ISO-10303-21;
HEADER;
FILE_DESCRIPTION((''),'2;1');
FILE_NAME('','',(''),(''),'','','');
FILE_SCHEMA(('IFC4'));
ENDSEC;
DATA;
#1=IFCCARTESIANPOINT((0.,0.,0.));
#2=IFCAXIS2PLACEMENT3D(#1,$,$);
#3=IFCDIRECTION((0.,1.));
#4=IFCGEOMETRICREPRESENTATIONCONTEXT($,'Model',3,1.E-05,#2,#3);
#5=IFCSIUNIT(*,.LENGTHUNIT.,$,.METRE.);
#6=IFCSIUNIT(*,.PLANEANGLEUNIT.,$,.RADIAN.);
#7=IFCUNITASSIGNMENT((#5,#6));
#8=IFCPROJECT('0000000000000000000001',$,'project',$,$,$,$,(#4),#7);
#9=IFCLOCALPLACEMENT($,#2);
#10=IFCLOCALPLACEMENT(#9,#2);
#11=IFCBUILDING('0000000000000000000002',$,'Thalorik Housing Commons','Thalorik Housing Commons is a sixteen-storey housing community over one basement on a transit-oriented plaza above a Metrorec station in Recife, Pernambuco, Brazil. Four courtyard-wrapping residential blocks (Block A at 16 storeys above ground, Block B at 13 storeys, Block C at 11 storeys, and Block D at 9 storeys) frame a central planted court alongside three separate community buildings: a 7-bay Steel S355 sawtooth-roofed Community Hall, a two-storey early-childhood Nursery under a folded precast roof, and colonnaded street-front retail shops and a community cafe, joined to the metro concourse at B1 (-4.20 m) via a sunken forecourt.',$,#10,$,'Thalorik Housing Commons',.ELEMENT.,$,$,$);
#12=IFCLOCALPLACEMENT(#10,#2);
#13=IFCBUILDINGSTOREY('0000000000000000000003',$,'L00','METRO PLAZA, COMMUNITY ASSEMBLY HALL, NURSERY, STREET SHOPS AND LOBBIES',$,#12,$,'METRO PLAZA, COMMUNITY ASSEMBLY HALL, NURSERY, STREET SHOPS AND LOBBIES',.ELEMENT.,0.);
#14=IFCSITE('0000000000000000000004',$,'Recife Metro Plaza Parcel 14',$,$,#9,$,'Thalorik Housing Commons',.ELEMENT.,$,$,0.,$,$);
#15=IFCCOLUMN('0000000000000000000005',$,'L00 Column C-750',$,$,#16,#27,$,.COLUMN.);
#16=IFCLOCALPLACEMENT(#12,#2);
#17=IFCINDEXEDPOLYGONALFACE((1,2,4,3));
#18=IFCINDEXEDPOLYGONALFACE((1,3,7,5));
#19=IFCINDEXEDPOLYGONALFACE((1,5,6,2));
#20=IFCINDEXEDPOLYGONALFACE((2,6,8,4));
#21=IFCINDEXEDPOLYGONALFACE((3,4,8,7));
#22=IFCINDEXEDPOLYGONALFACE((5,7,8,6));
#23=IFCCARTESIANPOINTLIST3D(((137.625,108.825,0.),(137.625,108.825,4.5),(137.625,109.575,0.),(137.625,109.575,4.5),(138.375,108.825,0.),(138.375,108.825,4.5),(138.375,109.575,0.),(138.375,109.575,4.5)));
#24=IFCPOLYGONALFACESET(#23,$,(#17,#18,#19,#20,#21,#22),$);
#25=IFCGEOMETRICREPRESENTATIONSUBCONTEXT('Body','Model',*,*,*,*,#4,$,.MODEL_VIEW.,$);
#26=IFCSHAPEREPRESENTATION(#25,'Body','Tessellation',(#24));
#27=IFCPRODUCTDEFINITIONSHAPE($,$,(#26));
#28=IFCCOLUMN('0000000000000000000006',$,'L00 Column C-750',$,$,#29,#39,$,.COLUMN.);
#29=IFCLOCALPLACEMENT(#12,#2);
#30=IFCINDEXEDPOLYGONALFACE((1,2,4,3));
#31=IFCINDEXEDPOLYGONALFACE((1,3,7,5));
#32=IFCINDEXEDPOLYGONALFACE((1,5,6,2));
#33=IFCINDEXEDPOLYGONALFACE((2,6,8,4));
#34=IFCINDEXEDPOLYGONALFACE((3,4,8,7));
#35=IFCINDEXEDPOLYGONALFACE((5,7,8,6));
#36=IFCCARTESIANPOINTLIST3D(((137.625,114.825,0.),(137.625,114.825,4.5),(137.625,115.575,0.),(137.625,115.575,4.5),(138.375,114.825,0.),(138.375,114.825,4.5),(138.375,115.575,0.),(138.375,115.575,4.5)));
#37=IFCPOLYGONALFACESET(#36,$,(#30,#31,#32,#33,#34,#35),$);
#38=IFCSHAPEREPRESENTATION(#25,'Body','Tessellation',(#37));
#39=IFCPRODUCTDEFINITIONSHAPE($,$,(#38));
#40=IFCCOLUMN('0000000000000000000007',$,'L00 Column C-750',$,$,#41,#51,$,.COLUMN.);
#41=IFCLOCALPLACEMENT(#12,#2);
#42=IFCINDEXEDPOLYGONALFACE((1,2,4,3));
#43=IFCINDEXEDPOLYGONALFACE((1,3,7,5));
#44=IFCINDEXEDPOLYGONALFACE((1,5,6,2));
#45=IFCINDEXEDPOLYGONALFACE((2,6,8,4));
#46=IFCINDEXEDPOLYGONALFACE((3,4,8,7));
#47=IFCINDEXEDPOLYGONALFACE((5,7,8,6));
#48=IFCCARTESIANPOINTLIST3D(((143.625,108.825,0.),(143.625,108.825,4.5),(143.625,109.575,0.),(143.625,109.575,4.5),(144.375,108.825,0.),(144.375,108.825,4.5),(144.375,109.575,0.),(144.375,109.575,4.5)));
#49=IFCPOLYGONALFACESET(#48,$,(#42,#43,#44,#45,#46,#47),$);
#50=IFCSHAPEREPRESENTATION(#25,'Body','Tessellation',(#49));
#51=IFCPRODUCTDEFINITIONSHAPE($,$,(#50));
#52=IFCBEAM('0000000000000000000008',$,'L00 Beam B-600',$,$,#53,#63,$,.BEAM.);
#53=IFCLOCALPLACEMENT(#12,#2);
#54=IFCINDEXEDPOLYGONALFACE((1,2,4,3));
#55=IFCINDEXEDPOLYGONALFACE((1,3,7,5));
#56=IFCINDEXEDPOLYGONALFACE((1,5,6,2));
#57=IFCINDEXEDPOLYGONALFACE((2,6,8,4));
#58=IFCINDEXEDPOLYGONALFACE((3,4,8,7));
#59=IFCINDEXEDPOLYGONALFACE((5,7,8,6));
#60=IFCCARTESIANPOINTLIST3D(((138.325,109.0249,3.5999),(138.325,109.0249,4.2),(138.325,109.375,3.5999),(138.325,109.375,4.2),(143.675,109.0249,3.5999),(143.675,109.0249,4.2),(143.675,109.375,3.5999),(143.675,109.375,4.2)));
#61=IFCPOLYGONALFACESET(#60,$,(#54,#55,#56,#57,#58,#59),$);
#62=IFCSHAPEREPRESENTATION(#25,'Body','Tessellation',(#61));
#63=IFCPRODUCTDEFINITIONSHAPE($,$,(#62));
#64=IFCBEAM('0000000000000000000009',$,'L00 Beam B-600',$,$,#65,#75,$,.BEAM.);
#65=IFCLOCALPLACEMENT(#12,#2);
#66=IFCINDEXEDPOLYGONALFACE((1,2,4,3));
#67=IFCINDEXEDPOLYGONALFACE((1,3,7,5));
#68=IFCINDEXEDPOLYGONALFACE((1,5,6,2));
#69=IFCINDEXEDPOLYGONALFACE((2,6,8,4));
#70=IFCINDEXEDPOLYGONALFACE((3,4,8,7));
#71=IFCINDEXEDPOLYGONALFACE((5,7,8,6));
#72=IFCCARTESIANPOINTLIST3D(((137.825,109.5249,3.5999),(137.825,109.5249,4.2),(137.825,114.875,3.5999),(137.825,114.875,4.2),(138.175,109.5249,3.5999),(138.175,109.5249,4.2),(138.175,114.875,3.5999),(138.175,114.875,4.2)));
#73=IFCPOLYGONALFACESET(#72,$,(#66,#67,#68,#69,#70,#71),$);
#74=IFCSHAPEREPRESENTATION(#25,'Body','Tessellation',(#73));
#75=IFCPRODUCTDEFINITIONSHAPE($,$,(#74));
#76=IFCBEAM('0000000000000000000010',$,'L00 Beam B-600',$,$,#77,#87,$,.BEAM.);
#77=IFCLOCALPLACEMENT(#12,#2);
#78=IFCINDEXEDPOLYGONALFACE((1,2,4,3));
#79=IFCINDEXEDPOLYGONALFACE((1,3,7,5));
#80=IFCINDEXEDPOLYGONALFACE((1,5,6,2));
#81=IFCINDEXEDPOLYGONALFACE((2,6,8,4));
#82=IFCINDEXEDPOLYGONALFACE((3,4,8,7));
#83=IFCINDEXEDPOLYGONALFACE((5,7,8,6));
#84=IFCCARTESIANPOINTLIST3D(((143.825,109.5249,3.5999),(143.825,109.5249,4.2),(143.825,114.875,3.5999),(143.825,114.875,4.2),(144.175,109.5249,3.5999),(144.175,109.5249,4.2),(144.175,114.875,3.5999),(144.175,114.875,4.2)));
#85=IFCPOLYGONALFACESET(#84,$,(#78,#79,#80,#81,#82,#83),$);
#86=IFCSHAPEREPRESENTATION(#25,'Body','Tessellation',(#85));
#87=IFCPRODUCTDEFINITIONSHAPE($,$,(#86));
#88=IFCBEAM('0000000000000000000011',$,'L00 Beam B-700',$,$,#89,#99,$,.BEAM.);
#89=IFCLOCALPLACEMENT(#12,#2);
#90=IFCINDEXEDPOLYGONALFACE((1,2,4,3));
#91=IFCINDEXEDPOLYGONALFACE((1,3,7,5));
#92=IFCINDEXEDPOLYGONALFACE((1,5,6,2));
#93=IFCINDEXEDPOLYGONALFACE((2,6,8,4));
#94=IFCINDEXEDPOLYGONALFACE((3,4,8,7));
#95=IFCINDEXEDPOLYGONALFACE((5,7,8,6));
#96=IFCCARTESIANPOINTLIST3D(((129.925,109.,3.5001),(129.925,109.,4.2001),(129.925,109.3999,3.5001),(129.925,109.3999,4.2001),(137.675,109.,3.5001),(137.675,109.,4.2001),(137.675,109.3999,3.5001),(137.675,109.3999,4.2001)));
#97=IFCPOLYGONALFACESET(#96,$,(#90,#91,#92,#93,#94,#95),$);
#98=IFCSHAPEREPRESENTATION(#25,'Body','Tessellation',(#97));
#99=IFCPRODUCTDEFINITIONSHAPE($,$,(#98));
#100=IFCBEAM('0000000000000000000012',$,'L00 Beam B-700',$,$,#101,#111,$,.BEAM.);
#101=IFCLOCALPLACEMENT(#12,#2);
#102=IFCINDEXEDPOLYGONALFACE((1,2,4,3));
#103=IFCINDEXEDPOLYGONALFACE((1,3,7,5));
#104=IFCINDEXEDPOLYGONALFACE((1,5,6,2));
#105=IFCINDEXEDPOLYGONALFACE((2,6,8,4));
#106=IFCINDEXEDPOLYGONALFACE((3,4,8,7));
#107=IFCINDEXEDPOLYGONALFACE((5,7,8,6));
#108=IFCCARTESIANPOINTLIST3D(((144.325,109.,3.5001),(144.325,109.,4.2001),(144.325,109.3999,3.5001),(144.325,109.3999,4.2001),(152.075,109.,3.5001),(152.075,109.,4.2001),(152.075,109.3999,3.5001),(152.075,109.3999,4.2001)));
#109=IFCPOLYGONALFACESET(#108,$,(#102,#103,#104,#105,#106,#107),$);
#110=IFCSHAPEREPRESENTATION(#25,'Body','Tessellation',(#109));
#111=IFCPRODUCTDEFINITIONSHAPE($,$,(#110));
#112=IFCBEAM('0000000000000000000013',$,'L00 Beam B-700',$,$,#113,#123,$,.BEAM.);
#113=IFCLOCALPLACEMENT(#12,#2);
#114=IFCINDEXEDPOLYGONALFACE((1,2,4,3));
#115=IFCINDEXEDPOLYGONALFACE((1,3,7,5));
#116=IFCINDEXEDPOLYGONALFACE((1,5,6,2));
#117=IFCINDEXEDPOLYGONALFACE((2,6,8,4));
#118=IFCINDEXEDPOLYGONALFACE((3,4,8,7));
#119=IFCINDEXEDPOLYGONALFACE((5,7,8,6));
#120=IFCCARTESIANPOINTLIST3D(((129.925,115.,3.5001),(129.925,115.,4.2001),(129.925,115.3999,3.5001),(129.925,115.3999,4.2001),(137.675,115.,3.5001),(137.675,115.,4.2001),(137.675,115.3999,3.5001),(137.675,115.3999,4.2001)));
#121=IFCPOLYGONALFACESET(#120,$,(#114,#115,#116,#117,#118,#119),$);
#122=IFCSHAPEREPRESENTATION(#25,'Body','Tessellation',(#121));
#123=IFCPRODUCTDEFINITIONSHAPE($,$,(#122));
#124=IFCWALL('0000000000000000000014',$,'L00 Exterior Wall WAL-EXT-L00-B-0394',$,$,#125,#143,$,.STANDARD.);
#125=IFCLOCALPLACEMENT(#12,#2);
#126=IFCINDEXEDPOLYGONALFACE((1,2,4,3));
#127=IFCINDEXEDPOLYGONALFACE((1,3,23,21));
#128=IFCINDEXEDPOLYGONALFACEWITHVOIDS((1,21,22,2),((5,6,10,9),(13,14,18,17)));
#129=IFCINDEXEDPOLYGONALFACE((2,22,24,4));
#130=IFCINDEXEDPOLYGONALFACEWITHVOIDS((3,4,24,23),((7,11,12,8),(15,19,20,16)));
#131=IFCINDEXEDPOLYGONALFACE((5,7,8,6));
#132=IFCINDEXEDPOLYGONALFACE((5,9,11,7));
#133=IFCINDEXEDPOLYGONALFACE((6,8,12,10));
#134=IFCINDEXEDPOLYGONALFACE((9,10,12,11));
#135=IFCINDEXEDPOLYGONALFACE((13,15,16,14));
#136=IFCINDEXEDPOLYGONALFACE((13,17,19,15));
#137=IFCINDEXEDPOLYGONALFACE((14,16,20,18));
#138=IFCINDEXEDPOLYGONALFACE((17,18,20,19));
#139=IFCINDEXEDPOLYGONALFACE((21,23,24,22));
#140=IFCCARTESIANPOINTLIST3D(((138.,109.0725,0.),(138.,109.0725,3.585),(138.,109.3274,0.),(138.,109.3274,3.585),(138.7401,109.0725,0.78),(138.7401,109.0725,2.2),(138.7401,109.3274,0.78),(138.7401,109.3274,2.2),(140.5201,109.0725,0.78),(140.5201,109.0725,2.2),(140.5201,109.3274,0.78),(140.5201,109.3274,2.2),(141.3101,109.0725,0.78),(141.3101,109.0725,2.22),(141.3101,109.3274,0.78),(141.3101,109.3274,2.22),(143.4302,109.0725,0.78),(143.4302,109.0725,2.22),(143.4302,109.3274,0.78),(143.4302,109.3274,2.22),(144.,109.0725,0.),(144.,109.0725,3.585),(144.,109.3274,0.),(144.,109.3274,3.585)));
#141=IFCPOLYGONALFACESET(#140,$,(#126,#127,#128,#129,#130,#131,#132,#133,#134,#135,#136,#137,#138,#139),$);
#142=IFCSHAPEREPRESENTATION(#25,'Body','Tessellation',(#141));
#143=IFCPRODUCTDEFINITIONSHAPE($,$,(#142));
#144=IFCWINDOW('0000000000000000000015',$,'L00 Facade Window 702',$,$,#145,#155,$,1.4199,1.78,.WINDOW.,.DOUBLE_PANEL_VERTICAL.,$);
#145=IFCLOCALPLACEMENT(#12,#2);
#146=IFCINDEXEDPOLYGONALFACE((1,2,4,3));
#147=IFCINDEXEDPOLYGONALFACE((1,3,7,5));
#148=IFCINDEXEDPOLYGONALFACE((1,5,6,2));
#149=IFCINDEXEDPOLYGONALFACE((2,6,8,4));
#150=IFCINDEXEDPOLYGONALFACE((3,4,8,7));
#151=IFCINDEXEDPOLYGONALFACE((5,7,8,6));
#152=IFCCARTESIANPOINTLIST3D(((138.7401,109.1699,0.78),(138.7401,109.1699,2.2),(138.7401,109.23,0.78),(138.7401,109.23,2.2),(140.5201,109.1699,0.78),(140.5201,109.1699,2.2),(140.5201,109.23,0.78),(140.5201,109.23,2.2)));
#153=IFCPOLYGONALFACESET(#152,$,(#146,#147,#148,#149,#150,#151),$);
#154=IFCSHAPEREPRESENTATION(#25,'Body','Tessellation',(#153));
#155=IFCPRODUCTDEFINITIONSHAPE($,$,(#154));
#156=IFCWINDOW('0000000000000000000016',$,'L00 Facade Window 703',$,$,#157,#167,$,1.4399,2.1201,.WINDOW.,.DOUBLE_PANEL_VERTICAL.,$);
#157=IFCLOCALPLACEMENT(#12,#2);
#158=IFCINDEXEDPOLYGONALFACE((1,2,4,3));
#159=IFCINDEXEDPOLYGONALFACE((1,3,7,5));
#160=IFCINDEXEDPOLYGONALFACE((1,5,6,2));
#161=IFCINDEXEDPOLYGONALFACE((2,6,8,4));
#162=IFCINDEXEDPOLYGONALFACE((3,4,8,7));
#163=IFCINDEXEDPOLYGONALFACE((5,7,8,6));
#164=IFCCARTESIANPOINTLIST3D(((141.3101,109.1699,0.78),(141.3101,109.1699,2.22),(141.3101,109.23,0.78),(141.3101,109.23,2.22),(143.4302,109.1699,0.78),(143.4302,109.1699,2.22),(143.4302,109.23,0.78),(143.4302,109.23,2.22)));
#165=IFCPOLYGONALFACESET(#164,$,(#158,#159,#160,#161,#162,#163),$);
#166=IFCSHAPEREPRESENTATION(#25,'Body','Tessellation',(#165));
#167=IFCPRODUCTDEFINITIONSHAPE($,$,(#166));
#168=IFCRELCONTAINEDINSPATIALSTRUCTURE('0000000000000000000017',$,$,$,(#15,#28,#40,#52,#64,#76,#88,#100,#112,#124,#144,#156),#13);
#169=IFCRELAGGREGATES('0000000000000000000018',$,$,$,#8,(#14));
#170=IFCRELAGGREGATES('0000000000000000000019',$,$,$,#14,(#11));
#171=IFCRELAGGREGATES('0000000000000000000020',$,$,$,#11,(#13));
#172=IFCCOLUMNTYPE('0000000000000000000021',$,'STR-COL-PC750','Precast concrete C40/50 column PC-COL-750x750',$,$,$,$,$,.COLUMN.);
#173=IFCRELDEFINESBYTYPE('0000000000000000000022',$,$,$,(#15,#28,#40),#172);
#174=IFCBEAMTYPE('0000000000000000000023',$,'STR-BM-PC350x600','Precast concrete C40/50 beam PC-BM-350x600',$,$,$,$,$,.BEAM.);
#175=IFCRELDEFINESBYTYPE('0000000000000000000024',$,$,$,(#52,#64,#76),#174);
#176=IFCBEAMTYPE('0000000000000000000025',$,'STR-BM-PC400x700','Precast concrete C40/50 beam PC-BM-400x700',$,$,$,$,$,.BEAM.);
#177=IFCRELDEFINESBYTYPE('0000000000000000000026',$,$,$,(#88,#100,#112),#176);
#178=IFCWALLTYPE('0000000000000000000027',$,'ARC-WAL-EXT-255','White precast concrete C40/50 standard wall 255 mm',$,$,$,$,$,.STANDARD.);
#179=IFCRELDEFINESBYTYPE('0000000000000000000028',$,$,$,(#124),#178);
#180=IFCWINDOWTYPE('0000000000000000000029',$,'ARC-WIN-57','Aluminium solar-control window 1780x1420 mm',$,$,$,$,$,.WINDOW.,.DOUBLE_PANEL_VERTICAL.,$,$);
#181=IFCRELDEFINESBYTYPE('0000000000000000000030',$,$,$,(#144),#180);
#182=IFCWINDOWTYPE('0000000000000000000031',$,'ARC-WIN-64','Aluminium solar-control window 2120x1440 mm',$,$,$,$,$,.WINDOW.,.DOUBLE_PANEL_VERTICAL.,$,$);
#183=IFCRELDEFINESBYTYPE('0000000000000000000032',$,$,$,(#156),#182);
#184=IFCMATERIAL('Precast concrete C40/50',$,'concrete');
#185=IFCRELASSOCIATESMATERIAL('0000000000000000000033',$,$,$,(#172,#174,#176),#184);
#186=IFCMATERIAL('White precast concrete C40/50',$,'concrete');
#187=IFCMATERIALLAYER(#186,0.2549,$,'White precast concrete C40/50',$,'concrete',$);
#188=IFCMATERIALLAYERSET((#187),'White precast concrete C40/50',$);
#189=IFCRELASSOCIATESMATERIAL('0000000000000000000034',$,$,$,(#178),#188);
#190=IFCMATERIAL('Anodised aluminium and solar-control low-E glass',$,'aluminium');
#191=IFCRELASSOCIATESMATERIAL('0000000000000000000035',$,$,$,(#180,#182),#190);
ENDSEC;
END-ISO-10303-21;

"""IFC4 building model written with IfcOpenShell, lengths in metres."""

from ifc_helpers import new_model, si_unit, direction, frame, frame_2d, origin, origin_2d, place, context, subcontext, project, spatial, rectangle, extrude, material, layer, layer_set, material_profile, profile_set, type_object, element, fill, save


model = new_model("IFC4")

# Units and contexts
model_context = context("Model", 3, precision=1e-05, world=origin(), true_north=direction((0.0, 1.0)))
body_context = subcontext(model_context, "Body", "Model", "MODEL_VIEW")
ifc_project = project(units=[si_unit("LENGTHUNIT", "METRE"), si_unit("PLANEANGLEUNIT", "RADIAN")], contexts=[model_context])

# Site, building, storey
site_placement = place(None, origin())
site = spatial("IfcSite", under=ifc_project, at=site_placement, Name="Recife Metro Plaza Parcel 14", LongName="Thalorik Housing Commons", CompositionType="ELEMENT", RefElevation=0.0)
building_placement = place(site_placement, origin())
building = spatial("IfcBuilding", under=site, at=building_placement, Name="Thalorik Housing Commons", Description="Thalorik Housing Commons is a sixteen-storey housing community over one basement on a transit-oriented plaza above a Metrorec station in Recife, Pernambuco, Brazil. Four courtyard-wrapping residential blocks (Block A at 16 storeys above ground, Block B at 13 storeys, Block C at 11 storeys, and Block D at 9 storeys) frame a central planted court alongside three separate community buildings: a 7-bay Steel S355 sawtooth-roofed Community Hall, a two-storey early-childhood Nursery under a folded precast roof, and colonnaded street-front retail shops and a community cafe, joined to the metro concourse at B1 (-4.20 m) via a sunken forecourt.", LongName="Thalorik Housing Commons", CompositionType="ELEMENT")
storey_placement = place(building_placement, origin())
storey = spatial("IfcBuildingStorey", under=building, at=storey_placement, Name="L00", Description="METRO PLAZA, COMMUNITY ASSEMBLY HALL, NURSERY, STREET SHOPS AND LOBBIES", LongName="METRO PLAZA, COMMUNITY ASSEMBLY HALL, NURSERY, STREET SHOPS AND LOBBIES", CompositionType="ELEMENT", Elevation=0.0)

# Columns
ifc_material_1 = material(Name="Precast concrete C40/50", Category="concrete")
ifc_material_profile_1 = material_profile(ifc_material_1, rectangle(XDim=0.75, YDim=0.75, at=origin_2d()), Name="PC 750x750", Category="concrete")
ifc_profile_set_1 = profile_set([ifc_material_profile_1], Name="Precast concrete C40/50")
column_type = type_object("IfcColumnType", Name="STR-COL-PC750", Description="Precast concrete C40/50 column PC-COL-750x750", PredefinedType="COLUMN", material=ifc_profile_set_1)
for number, where, z_axis, x_axis, name in (
    (1, (138.0, 109.2, 0.0), (0.0, 0.0, 1.0), (1.0, 0.0, 0.0), "L00 Column C-750"),
    (2, (138.0, 115.2, 0.0), (0.0, 0.0, 1.0), (1.0, 0.0, 0.0), "L00 Column C-750"),
    (3, (144.0, 109.2, 0.0), (0.0, 0.0, 1.0), (1.0, 0.0, 0.0), "L00 Column C-750"),
):
    element("IfcColumn", number, at=place(storey_placement, frame(where, z_axis=z_axis, x_axis=x_axis)), inside=storey, type_object=column_type, Name=name, PredefinedType="COLUMN", context=body_context, shape_type="SweptSolid", body=[
        extrude(rectangle(XDim=0.75, YDim=0.75, at=origin_2d()), origin(), (0.0, 0.0, 1.0), 4.5),
    ])

# Beams
ifc_material_profile_2 = material_profile(ifc_material_1, rectangle(XDim=0.3501, YDim=0.6001, at=origin_2d()), Name="PC 350x600", Category="concrete")
ifc_profile_set_2 = profile_set([ifc_material_profile_2], Name="Precast concrete C40/50")
beam_type_1 = type_object("IfcBeamType", Name="STR-BM-PC350x600", Description="Precast concrete C40/50 beam PC-BM-350x600", PredefinedType="BEAM", material=ifc_profile_set_2)
for number, where, z_axis, x_axis, name in (
    (4, (138.325, 109.2, 3.8999), (1.0, 0.0, 0.0), (0.0, 1.0, 0.0), "L00 Beam B-600"),
    (5, (138.0, 109.5249, 3.8999), (0.0, 1.0, 0.0), (-1.0, 0.0, 0.0), "L00 Beam B-600"),
    (6, (144.0, 109.5249, 3.8999), (0.0, 1.0, 0.0), (-1.0, 0.0, 0.0), "L00 Beam B-600"),
):
    element("IfcBeam", number, at=place(storey_placement, frame(where, z_axis=z_axis, x_axis=x_axis)), inside=storey, type_object=beam_type_1, Name=name, PredefinedType="BEAM", context=body_context, shape_type="SweptSolid", body=[
        extrude(rectangle(XDim=0.3501, YDim=0.6001, at=origin_2d()), origin(), (0.0, 0.0, 1.0), 5.3501),
    ])
ifc_material_profile_3 = material_profile(ifc_material_1, rectangle(XDim=0.3999, YDim=0.7, at=origin_2d()), Name="PC 400x700", Category="concrete")
ifc_profile_set_3 = profile_set([ifc_material_profile_3], Name="Precast concrete C40/50")
beam_type_2 = type_object("IfcBeamType", Name="STR-BM-PC400x700", Description="Precast concrete C40/50 beam PC-BM-400x700", PredefinedType="BEAM", material=ifc_profile_set_3)
for number, where, z_axis, x_axis, name in (
    (7, (129.925, 109.2, 3.8501), (1.0, 0.0, 0.0), (0.0, 1.0, 0.0), "L00 Beam B-700"),
    (8, (144.325, 109.2, 3.8501), (1.0, 0.0, 0.0), (0.0, 1.0, 0.0), "L00 Beam B-700"),
    (9, (129.925, 115.2, 3.8501), (1.0, 0.0, 0.0), (0.0, 1.0, 0.0), "L00 Beam B-700"),
):
    element("IfcBeam", number, at=place(storey_placement, frame(where, z_axis=z_axis, x_axis=x_axis)), inside=storey, type_object=beam_type_2, Name=name, PredefinedType="BEAM", context=body_context, shape_type="SweptSolid", body=[
        extrude(rectangle(XDim=0.3999, YDim=0.7, at=origin_2d()), origin(), (0.0, 0.0, 1.0), 7.75),
    ])

# Wall, openings, windows
ifc_material_2 = material(Name="White precast concrete C40/50", Category="concrete")
ifc_layer_1 = layer(ifc_material_2, 0.2549, Name="White precast concrete C40/50", Category="concrete")
ifc_layer_set_1 = layer_set([ifc_layer_1], Name="White precast concrete C40/50")
wall_type = type_object("IfcWallType", Name="ARC-WAL-EXT-255", Description="White precast concrete C40/50 standard wall 255 mm", PredefinedType="STANDARD", material=ifc_layer_set_1)
wall_1_placement = place(storey_placement, frame((138.0, 109.2, 0.0), z_axis=(0.0, 0.0, 1.0), x_axis=(1.0, 0.0, 0.0)))
wall_1 = element("IfcWall", 10, at=wall_1_placement, inside=storey, type_object=wall_type, Name="L00 Exterior Wall WAL-EXT-L00-B-0394", PredefinedType="STANDARD", context=body_context, shape_type="SweptSolid", body=[
    extrude(rectangle(XDim=6.0, YDim=0.2549, at=frame_2d((3.0, 0.0))), origin(), (0.0, 0.0, 1.0), 3.585),
])
opening_1_placement = place(wall_1_placement, frame((0.74, 0.0, 0.78)))
opening_1 = element("IfcOpeningElement", 11, at=opening_1_placement, cuts=wall_1, PredefinedType="OPENING", context=body_context, shape_type="SweptSolid", body=[
    extrude(rectangle(XDim=1.78, YDim=1.4199, at=frame_2d((0.8901, 0.71))), frame((0.0, 0.1375, 0.0), z_axis=(0.0, -1.0, 0.0), x_axis=(1.0, 0.0, 0.0)), (0.0, 0.0, 1.0), 0.2749),
])
opening_2_placement = place(wall_1_placement, frame((3.3101, 0.0, 0.78)))
opening_2 = element("IfcOpeningElement", 12, at=opening_2_placement, cuts=wall_1, PredefinedType="OPENING", context=body_context, shape_type="SweptSolid", body=[
    extrude(rectangle(XDim=2.1201, YDim=1.4399, at=frame_2d((1.0601, 0.72))), frame((0.0, 0.1375, 0.0), z_axis=(0.0, -1.0, 0.0), x_axis=(1.0, 0.0, 0.0)), (0.0, 0.0, 1.0), 0.2749),
])
ifc_material_3 = material(Name="Anodised aluminium and solar-control low-E glass", Category="aluminium")
window_type_1 = type_object("IfcWindowType", Name="ARC-WIN-57", Description="Aluminium solar-control window 1780x1420 mm", PartitioningType="DOUBLE_PANEL_VERTICAL", PredefinedType="WINDOW", material=ifc_material_3)
window_1_placement = place(opening_1_placement, origin())
window_1 = element("IfcWindow", 13, at=window_1_placement, inside=storey, type_object=window_type_1, Name="L00 Facade Window 702", OverallHeight=1.4199, OverallWidth=1.78, PartitioningType="DOUBLE_PANEL_VERTICAL", PredefinedType="WINDOW", context=body_context, shape_type="SweptSolid", body=[
    extrude(rectangle(XDim=1.78, YDim=1.4199, at=frame_2d((0.8901, 0.71))), frame((0.0, 0.03, 0.0), z_axis=(0.0, -1.0, 0.0), x_axis=(1.0, 0.0, 0.0)), (0.0, 0.0, 1.0), 0.0601),
])
fill(opening_1, window_1)
window_type_2 = type_object("IfcWindowType", Name="ARC-WIN-64", Description="Aluminium solar-control window 2120x1440 mm", PartitioningType="DOUBLE_PANEL_VERTICAL", PredefinedType="WINDOW", material=ifc_material_3)
window_2_placement = place(opening_2_placement, origin())
window_2 = element("IfcWindow", 14, at=window_2_placement, inside=storey, type_object=window_type_2, Name="L00 Facade Window 703", OverallHeight=1.4399, OverallWidth=2.1201, PartitioningType="DOUBLE_PANEL_VERTICAL", PredefinedType="WINDOW", context=body_context, shape_type="SweptSolid", body=[
    extrude(rectangle(XDim=2.1201, YDim=1.4399, at=frame_2d((1.0601, 0.72))), frame((0.0, 0.03, 0.0), z_axis=(0.0, -1.0, 0.0), x_axis=(1.0, 0.0, 0.0)), (0.0, 0.0, 1.0), 0.0601),
])
fill(opening_2, window_2)

save(model, "model.ifc")
